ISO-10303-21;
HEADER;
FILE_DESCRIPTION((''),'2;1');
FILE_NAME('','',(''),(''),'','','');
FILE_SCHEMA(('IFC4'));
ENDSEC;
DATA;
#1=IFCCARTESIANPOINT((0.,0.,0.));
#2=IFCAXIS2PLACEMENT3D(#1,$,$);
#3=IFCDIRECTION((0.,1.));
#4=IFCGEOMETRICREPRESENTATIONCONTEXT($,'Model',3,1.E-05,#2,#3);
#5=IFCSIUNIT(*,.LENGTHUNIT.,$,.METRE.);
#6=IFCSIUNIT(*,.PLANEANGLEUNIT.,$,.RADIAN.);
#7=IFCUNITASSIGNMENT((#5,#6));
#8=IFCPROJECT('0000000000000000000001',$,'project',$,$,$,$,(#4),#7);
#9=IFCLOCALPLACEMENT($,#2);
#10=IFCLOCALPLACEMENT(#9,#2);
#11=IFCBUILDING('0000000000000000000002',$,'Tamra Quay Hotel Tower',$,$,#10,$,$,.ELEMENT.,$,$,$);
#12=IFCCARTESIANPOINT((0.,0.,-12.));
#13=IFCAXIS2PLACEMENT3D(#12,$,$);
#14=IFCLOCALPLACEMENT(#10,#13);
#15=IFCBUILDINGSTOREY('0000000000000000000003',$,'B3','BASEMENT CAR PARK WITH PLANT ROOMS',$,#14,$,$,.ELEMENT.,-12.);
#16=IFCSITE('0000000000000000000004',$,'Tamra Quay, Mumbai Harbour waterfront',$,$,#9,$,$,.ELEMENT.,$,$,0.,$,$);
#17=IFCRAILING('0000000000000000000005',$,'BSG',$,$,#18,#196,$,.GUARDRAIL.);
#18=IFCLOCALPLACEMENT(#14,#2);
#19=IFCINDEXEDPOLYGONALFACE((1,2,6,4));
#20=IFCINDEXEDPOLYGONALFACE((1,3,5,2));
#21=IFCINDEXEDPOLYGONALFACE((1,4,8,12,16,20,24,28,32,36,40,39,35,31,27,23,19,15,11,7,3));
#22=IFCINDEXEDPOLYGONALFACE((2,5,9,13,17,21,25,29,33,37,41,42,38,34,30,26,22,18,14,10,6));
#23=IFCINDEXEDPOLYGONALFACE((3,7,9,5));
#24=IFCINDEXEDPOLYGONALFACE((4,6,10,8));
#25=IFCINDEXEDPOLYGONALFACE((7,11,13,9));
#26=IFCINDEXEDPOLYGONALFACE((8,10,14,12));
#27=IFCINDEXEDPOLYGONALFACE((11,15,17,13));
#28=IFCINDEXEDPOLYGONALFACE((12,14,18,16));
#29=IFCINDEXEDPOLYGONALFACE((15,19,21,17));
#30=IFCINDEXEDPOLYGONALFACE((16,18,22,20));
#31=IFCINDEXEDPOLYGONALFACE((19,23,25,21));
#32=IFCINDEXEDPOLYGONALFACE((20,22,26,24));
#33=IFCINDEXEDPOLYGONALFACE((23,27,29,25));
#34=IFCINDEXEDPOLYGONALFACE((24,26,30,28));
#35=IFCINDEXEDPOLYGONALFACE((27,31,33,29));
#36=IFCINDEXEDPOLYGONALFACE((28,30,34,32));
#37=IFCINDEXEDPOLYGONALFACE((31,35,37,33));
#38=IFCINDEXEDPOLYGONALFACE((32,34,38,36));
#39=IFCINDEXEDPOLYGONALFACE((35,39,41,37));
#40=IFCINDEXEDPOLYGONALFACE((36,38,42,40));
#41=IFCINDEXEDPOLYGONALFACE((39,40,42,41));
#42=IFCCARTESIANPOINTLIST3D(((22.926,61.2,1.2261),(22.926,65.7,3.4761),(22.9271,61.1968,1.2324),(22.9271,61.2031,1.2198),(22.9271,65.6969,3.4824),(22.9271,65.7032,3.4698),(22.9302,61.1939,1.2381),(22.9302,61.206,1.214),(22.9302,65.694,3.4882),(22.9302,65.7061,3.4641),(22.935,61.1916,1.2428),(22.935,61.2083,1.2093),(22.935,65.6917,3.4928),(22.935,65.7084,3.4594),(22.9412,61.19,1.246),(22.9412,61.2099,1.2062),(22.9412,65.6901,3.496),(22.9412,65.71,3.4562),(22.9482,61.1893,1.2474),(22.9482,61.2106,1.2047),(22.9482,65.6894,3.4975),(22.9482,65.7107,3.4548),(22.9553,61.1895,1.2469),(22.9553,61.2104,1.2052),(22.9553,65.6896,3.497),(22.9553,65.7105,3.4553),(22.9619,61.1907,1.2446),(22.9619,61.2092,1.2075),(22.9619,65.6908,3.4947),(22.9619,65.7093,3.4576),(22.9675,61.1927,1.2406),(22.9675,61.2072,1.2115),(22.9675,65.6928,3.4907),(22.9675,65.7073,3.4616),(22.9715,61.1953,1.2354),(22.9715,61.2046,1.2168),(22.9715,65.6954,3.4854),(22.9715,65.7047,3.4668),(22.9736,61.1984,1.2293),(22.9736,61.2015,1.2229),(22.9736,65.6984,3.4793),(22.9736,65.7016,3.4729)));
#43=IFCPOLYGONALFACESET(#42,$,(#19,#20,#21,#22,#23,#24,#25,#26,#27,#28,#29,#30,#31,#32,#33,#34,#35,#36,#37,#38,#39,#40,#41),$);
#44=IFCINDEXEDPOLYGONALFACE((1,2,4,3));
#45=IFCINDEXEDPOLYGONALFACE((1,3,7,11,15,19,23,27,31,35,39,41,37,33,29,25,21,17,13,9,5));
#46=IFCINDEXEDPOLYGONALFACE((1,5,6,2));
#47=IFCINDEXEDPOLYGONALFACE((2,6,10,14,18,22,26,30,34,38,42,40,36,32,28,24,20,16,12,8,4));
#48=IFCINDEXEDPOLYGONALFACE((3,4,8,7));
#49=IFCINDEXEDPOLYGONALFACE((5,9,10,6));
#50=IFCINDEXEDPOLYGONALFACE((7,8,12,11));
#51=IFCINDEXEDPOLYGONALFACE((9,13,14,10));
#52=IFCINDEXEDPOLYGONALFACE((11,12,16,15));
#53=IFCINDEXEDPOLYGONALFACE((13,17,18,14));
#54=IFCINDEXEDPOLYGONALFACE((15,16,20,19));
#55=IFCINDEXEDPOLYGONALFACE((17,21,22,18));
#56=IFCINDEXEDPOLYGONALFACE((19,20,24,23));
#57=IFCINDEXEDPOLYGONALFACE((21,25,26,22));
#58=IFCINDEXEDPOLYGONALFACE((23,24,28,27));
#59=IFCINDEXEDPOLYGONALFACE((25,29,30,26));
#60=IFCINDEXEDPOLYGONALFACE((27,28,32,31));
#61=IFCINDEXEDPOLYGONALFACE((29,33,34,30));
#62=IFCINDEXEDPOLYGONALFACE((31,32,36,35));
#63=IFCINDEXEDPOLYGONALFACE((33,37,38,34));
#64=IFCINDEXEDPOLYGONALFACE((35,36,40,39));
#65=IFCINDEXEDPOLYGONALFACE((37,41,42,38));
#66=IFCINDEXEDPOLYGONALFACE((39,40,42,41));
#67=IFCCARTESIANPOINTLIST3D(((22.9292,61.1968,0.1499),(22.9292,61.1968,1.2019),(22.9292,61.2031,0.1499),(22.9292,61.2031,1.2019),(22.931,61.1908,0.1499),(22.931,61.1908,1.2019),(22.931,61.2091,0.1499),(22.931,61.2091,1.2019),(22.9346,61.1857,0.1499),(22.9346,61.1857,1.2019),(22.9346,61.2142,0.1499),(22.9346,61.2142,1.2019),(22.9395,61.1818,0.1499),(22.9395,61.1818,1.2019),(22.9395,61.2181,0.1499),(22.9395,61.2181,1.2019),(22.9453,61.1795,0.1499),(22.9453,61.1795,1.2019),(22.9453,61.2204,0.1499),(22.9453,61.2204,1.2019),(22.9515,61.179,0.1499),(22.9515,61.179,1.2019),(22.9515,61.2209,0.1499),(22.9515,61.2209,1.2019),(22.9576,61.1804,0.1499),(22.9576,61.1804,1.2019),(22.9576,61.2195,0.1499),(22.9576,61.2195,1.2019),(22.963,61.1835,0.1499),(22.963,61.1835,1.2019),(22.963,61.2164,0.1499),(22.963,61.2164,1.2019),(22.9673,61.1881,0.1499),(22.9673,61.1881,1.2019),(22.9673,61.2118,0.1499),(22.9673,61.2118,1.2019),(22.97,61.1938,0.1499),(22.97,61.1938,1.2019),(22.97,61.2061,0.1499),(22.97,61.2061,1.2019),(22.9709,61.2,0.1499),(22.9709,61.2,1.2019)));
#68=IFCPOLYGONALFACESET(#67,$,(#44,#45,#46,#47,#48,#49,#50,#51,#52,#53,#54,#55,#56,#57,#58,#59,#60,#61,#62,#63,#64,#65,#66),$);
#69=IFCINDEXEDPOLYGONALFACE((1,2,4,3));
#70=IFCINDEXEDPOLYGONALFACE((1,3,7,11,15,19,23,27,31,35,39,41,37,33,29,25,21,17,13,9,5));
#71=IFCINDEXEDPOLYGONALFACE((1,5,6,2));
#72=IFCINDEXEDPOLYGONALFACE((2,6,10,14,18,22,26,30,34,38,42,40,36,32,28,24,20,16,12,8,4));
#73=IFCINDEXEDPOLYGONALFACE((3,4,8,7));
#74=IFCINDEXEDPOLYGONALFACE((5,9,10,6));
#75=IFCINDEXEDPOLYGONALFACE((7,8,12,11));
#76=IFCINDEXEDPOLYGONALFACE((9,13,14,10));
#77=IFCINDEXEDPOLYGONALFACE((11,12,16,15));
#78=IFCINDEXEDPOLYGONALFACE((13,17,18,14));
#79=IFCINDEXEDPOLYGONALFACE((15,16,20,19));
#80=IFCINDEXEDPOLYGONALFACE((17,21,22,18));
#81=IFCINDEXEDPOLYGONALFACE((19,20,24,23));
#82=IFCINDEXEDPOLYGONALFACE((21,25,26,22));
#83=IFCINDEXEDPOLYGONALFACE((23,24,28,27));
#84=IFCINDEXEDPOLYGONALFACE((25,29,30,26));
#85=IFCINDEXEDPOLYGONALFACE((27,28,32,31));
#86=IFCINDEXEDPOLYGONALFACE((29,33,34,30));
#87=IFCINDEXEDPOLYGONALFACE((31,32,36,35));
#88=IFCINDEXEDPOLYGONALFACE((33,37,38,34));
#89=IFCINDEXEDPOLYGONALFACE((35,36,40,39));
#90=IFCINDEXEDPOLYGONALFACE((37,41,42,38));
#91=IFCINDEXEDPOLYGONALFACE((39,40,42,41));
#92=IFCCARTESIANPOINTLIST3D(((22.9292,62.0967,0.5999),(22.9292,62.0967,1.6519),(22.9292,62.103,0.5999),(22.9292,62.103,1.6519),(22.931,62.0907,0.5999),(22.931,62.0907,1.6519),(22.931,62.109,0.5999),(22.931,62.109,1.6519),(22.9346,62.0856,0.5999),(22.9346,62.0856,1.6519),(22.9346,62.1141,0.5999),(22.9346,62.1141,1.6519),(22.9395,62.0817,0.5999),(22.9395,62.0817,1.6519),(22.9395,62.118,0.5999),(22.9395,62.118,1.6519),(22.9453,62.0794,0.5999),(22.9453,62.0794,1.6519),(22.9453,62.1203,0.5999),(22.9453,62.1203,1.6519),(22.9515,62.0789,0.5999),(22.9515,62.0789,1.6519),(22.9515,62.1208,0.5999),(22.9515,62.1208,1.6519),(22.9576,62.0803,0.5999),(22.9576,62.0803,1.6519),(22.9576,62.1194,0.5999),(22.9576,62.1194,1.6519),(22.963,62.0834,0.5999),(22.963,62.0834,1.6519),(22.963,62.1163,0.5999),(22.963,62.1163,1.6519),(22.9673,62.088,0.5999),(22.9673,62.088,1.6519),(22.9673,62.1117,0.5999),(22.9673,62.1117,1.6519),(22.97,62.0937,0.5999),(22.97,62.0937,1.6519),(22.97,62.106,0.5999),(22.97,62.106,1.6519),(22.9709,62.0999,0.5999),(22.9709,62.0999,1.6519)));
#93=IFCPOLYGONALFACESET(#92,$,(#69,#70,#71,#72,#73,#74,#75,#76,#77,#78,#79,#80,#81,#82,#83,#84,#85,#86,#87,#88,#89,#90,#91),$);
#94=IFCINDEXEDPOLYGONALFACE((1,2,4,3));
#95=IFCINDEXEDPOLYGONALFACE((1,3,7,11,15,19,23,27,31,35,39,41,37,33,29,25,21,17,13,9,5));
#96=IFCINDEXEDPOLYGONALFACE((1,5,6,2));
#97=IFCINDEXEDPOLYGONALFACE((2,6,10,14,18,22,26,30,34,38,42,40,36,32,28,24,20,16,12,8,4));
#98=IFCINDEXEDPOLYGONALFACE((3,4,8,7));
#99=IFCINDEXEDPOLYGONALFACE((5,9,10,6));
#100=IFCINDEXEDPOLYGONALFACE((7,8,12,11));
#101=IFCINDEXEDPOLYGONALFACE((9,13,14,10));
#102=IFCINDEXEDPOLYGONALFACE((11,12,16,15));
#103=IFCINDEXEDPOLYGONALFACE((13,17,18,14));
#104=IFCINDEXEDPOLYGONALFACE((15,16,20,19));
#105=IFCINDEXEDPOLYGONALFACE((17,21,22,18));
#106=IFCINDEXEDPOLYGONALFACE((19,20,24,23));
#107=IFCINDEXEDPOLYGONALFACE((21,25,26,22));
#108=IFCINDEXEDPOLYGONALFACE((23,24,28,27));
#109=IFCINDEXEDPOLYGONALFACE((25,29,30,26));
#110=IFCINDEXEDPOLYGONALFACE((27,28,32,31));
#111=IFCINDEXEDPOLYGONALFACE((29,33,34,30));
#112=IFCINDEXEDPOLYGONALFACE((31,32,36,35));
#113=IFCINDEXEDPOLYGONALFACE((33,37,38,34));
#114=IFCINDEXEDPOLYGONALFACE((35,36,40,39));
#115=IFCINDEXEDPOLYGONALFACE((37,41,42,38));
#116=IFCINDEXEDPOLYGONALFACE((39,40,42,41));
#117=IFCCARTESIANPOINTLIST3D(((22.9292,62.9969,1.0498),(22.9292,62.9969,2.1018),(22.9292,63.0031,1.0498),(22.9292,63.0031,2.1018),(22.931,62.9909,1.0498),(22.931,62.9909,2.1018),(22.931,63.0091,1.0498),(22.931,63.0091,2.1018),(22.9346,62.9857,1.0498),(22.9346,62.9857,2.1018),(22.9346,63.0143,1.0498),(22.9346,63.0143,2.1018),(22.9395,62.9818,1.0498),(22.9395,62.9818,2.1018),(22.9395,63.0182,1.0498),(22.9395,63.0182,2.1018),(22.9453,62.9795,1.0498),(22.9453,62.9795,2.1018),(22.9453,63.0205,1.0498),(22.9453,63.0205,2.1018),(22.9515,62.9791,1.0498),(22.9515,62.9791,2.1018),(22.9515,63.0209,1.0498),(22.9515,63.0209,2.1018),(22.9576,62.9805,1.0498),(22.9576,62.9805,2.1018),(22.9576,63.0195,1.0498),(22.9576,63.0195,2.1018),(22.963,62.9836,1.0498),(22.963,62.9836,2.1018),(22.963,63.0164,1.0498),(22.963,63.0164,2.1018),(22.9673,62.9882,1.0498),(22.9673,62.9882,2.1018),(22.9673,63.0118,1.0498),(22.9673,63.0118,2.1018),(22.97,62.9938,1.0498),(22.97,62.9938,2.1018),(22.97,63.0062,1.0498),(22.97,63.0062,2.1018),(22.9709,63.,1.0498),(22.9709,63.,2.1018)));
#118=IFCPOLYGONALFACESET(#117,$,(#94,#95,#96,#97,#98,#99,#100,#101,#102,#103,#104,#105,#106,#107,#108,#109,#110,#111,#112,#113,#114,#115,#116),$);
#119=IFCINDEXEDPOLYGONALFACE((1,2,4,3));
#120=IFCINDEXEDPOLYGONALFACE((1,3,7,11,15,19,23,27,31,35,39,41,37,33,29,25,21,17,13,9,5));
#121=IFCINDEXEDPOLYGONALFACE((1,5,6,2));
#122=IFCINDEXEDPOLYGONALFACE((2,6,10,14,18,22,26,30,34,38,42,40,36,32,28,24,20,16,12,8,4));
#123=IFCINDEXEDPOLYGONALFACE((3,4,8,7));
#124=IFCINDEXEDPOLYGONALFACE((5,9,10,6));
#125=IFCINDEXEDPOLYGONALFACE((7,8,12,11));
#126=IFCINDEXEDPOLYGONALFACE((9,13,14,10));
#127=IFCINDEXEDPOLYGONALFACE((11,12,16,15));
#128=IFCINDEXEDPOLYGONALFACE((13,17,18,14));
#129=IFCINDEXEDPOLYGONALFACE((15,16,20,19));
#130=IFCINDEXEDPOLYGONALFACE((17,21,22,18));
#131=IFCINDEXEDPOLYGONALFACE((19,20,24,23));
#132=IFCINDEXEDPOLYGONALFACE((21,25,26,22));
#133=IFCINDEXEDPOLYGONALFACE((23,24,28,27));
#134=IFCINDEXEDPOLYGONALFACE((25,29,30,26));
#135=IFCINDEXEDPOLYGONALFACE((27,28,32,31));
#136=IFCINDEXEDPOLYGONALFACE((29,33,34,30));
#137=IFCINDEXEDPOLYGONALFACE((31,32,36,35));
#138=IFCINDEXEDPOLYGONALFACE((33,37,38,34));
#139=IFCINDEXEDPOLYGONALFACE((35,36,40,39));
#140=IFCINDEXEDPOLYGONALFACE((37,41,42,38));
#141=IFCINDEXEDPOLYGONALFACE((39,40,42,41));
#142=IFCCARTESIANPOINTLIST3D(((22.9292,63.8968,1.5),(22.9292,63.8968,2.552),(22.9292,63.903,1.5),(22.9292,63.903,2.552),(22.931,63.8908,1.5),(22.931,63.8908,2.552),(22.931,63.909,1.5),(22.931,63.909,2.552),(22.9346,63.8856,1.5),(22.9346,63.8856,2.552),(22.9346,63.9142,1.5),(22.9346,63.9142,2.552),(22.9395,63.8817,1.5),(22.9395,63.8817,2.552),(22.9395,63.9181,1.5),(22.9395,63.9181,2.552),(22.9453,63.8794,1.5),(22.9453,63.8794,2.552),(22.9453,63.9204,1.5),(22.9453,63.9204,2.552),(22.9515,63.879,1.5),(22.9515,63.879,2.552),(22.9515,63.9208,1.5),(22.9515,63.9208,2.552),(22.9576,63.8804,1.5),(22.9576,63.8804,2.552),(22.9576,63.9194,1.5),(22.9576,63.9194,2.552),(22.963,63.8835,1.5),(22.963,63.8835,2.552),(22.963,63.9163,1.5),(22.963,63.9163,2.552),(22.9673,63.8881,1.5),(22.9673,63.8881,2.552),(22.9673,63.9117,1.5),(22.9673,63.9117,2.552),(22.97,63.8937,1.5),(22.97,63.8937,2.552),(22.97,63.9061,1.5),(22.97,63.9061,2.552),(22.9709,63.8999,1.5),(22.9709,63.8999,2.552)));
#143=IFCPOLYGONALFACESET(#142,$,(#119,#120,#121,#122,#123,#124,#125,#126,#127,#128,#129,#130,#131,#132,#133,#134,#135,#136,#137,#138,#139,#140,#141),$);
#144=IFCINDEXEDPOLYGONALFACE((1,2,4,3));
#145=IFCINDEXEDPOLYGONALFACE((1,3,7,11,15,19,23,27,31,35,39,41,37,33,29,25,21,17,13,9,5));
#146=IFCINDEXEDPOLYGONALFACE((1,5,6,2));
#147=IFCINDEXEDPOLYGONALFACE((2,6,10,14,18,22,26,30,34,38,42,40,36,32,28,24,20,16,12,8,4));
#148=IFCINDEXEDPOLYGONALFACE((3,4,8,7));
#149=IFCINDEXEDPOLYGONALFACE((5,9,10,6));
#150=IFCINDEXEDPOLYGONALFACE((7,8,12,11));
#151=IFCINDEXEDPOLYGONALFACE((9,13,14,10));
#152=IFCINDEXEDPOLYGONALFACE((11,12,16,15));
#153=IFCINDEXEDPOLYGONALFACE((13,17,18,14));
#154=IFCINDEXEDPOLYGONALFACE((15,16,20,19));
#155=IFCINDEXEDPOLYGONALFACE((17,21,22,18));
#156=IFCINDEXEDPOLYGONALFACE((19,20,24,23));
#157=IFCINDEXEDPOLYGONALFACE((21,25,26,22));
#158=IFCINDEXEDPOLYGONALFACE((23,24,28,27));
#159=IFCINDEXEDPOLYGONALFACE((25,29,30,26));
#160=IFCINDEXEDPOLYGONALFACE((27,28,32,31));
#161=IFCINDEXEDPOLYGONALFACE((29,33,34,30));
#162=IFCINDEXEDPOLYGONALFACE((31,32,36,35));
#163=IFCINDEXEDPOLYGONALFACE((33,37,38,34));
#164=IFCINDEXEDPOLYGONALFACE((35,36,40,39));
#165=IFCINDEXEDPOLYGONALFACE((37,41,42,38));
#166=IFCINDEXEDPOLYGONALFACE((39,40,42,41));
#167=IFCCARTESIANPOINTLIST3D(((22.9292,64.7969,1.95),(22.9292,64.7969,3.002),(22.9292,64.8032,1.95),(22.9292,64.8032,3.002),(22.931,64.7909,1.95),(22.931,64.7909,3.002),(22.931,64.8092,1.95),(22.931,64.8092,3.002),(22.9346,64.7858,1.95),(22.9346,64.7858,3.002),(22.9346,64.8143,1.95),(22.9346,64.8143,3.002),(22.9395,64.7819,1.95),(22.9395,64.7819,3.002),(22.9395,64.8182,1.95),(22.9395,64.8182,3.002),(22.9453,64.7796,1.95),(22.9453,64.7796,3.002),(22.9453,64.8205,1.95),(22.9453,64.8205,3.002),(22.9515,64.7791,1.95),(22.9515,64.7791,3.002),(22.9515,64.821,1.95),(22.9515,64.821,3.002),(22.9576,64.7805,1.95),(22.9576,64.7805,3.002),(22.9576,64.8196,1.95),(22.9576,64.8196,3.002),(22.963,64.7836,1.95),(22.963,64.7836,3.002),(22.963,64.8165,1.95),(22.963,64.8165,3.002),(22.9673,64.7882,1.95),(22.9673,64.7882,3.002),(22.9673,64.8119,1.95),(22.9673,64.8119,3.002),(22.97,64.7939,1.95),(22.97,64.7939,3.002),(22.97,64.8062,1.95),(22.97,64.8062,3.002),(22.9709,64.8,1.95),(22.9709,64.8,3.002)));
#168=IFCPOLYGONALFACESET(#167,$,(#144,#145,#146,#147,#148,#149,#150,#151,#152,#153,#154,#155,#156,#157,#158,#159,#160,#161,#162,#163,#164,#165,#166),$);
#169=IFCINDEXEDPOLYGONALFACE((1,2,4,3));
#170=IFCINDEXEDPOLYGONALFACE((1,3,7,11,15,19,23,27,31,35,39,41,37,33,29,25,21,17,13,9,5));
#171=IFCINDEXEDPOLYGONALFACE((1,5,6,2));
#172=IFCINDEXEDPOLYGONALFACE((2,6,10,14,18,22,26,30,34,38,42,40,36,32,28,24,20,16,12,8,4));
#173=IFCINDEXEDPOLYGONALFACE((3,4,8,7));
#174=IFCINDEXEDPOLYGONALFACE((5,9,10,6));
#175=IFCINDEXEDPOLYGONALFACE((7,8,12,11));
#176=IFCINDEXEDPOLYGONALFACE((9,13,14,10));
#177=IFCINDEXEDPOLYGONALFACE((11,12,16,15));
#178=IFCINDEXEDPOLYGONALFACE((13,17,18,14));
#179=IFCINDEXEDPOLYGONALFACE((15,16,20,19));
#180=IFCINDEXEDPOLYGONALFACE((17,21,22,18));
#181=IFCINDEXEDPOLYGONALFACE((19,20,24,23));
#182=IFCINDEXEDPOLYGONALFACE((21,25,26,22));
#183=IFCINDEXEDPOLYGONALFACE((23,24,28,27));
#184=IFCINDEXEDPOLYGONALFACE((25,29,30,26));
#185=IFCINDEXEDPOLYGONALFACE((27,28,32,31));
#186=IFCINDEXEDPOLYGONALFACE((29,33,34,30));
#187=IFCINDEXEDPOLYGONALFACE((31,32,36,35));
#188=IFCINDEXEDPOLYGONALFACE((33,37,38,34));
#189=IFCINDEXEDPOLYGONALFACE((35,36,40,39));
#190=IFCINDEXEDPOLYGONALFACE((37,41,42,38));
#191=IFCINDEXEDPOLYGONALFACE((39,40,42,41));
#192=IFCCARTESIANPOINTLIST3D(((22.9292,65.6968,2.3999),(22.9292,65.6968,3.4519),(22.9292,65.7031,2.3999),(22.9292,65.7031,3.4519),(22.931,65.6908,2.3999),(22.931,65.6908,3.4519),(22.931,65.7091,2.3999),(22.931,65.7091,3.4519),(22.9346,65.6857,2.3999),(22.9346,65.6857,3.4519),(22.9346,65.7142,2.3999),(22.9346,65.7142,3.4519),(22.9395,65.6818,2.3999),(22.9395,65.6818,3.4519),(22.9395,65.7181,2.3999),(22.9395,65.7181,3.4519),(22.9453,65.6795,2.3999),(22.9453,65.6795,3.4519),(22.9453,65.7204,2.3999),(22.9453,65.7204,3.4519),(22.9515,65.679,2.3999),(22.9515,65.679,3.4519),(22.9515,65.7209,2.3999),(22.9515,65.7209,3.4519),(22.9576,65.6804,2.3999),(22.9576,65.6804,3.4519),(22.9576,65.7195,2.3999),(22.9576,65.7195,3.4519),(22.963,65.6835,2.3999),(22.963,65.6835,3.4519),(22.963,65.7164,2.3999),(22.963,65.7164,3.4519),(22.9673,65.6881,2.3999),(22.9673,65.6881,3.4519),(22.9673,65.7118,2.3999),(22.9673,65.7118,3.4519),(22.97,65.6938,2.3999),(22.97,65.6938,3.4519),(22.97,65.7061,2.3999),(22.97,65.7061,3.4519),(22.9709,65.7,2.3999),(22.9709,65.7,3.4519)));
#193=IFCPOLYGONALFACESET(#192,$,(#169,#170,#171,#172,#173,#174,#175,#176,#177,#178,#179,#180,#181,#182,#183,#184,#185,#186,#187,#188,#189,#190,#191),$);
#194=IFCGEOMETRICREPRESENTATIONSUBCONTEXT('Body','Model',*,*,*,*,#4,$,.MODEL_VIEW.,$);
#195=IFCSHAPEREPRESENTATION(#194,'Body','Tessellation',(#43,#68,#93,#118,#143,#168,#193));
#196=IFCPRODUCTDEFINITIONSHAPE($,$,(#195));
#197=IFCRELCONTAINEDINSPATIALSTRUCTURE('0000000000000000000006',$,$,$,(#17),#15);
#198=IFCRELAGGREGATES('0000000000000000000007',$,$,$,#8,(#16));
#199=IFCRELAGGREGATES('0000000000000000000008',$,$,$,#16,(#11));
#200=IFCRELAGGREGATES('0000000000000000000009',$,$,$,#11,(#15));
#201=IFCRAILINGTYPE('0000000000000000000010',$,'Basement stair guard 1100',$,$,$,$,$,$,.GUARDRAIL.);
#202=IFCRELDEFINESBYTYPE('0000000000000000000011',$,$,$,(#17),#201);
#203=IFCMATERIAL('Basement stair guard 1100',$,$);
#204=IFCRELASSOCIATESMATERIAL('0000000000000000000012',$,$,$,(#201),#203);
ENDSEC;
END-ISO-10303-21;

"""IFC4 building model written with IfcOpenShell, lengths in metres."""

from ifc_helpers import new_model, si_unit, direction, frame, origin, origin_2d, place, context, subcontext, project, spatial, circle, extrude, material, type_object, element, save


model = new_model("IFC4")

# Units and contexts
model_context = context("Model", 3, precision=1e-05, world=origin(), true_north=direction((0.0, 1.0)))
body_context = subcontext(model_context, "Body", "Model", "MODEL_VIEW")
ifc_project = project(units=[si_unit("LENGTHUNIT", "METRE"), si_unit("PLANEANGLEUNIT", "RADIAN")], contexts=[model_context])

# Site, building, storey
site_placement = place(None, origin())
site = spatial("IfcSite", under=ifc_project, at=site_placement, Name="Tamra Quay, Mumbai Harbour waterfront", CompositionType="ELEMENT", RefElevation=0.0)
building_placement = place(site_placement, origin())
building = spatial("IfcBuilding", under=site, at=building_placement, Name="Tamra Quay Hotel Tower", CompositionType="ELEMENT")
storey_placement = place(building_placement, frame((0.0, 0.0, -12.0)))
storey = spatial("IfcBuildingStorey", under=building, at=storey_placement, Name="B3", Description="BASEMENT CAR PARK WITH PLANT ROOMS", CompositionType="ELEMENT", Elevation=-12.0)

# Railing
ifc_material_1 = material(Name="Basement stair guard 1100")
railing_type_1 = type_object("IfcRailingType", Name="Basement stair guard 1100", PredefinedType="GUARDRAIL", material=ifc_material_1)
railing_1_placement = place(storey_placement, frame((22.95, 61.2, 0.1499)))
element("IfcRailing", 1, at=railing_1_placement, inside=storey, type_object=railing_type_1, Name="BSG", PredefinedType="GUARDRAIL", context=body_context, shape_type="SweptSolid", body=[
    extrude(circle(Radius=0.0239, at=origin_2d()), frame((0.0, 0.0, 1.0762), z_axis=(0.0, 0.894427, 0.447214), x_axis=(-1.0, 0.0, 0.0)), (0.0, 0.0, 1.0), 5.0312),
    extrude(circle(Radius=0.021, at=origin_2d()), origin(), (0.0, 0.0, 1.0), 1.052),
    extrude(circle(Radius=0.021, at=origin_2d()), frame((0.0, 0.8999, 0.45)), (0.0, 0.0, 1.0), 1.052),
    extrude(circle(Radius=0.021, at=origin_2d()), frame((0.0, 1.8, 0.8999)), (0.0, 0.0, 1.0), 1.052),
    extrude(circle(Radius=0.021, at=origin_2d()), frame((0.0, 2.7, 1.3501)), (0.0, 0.0, 1.0), 1.052),
    extrude(circle(Radius=0.021, at=origin_2d()), frame((0.0, 3.6001, 1.8)), (0.0, 0.0, 1.0), 1.052),
    extrude(circle(Radius=0.021, at=origin_2d()), frame((0.0, 4.5, 2.25)), (0.0, 0.0, 1.0), 1.052),
])

save(model, "model.ifc")
